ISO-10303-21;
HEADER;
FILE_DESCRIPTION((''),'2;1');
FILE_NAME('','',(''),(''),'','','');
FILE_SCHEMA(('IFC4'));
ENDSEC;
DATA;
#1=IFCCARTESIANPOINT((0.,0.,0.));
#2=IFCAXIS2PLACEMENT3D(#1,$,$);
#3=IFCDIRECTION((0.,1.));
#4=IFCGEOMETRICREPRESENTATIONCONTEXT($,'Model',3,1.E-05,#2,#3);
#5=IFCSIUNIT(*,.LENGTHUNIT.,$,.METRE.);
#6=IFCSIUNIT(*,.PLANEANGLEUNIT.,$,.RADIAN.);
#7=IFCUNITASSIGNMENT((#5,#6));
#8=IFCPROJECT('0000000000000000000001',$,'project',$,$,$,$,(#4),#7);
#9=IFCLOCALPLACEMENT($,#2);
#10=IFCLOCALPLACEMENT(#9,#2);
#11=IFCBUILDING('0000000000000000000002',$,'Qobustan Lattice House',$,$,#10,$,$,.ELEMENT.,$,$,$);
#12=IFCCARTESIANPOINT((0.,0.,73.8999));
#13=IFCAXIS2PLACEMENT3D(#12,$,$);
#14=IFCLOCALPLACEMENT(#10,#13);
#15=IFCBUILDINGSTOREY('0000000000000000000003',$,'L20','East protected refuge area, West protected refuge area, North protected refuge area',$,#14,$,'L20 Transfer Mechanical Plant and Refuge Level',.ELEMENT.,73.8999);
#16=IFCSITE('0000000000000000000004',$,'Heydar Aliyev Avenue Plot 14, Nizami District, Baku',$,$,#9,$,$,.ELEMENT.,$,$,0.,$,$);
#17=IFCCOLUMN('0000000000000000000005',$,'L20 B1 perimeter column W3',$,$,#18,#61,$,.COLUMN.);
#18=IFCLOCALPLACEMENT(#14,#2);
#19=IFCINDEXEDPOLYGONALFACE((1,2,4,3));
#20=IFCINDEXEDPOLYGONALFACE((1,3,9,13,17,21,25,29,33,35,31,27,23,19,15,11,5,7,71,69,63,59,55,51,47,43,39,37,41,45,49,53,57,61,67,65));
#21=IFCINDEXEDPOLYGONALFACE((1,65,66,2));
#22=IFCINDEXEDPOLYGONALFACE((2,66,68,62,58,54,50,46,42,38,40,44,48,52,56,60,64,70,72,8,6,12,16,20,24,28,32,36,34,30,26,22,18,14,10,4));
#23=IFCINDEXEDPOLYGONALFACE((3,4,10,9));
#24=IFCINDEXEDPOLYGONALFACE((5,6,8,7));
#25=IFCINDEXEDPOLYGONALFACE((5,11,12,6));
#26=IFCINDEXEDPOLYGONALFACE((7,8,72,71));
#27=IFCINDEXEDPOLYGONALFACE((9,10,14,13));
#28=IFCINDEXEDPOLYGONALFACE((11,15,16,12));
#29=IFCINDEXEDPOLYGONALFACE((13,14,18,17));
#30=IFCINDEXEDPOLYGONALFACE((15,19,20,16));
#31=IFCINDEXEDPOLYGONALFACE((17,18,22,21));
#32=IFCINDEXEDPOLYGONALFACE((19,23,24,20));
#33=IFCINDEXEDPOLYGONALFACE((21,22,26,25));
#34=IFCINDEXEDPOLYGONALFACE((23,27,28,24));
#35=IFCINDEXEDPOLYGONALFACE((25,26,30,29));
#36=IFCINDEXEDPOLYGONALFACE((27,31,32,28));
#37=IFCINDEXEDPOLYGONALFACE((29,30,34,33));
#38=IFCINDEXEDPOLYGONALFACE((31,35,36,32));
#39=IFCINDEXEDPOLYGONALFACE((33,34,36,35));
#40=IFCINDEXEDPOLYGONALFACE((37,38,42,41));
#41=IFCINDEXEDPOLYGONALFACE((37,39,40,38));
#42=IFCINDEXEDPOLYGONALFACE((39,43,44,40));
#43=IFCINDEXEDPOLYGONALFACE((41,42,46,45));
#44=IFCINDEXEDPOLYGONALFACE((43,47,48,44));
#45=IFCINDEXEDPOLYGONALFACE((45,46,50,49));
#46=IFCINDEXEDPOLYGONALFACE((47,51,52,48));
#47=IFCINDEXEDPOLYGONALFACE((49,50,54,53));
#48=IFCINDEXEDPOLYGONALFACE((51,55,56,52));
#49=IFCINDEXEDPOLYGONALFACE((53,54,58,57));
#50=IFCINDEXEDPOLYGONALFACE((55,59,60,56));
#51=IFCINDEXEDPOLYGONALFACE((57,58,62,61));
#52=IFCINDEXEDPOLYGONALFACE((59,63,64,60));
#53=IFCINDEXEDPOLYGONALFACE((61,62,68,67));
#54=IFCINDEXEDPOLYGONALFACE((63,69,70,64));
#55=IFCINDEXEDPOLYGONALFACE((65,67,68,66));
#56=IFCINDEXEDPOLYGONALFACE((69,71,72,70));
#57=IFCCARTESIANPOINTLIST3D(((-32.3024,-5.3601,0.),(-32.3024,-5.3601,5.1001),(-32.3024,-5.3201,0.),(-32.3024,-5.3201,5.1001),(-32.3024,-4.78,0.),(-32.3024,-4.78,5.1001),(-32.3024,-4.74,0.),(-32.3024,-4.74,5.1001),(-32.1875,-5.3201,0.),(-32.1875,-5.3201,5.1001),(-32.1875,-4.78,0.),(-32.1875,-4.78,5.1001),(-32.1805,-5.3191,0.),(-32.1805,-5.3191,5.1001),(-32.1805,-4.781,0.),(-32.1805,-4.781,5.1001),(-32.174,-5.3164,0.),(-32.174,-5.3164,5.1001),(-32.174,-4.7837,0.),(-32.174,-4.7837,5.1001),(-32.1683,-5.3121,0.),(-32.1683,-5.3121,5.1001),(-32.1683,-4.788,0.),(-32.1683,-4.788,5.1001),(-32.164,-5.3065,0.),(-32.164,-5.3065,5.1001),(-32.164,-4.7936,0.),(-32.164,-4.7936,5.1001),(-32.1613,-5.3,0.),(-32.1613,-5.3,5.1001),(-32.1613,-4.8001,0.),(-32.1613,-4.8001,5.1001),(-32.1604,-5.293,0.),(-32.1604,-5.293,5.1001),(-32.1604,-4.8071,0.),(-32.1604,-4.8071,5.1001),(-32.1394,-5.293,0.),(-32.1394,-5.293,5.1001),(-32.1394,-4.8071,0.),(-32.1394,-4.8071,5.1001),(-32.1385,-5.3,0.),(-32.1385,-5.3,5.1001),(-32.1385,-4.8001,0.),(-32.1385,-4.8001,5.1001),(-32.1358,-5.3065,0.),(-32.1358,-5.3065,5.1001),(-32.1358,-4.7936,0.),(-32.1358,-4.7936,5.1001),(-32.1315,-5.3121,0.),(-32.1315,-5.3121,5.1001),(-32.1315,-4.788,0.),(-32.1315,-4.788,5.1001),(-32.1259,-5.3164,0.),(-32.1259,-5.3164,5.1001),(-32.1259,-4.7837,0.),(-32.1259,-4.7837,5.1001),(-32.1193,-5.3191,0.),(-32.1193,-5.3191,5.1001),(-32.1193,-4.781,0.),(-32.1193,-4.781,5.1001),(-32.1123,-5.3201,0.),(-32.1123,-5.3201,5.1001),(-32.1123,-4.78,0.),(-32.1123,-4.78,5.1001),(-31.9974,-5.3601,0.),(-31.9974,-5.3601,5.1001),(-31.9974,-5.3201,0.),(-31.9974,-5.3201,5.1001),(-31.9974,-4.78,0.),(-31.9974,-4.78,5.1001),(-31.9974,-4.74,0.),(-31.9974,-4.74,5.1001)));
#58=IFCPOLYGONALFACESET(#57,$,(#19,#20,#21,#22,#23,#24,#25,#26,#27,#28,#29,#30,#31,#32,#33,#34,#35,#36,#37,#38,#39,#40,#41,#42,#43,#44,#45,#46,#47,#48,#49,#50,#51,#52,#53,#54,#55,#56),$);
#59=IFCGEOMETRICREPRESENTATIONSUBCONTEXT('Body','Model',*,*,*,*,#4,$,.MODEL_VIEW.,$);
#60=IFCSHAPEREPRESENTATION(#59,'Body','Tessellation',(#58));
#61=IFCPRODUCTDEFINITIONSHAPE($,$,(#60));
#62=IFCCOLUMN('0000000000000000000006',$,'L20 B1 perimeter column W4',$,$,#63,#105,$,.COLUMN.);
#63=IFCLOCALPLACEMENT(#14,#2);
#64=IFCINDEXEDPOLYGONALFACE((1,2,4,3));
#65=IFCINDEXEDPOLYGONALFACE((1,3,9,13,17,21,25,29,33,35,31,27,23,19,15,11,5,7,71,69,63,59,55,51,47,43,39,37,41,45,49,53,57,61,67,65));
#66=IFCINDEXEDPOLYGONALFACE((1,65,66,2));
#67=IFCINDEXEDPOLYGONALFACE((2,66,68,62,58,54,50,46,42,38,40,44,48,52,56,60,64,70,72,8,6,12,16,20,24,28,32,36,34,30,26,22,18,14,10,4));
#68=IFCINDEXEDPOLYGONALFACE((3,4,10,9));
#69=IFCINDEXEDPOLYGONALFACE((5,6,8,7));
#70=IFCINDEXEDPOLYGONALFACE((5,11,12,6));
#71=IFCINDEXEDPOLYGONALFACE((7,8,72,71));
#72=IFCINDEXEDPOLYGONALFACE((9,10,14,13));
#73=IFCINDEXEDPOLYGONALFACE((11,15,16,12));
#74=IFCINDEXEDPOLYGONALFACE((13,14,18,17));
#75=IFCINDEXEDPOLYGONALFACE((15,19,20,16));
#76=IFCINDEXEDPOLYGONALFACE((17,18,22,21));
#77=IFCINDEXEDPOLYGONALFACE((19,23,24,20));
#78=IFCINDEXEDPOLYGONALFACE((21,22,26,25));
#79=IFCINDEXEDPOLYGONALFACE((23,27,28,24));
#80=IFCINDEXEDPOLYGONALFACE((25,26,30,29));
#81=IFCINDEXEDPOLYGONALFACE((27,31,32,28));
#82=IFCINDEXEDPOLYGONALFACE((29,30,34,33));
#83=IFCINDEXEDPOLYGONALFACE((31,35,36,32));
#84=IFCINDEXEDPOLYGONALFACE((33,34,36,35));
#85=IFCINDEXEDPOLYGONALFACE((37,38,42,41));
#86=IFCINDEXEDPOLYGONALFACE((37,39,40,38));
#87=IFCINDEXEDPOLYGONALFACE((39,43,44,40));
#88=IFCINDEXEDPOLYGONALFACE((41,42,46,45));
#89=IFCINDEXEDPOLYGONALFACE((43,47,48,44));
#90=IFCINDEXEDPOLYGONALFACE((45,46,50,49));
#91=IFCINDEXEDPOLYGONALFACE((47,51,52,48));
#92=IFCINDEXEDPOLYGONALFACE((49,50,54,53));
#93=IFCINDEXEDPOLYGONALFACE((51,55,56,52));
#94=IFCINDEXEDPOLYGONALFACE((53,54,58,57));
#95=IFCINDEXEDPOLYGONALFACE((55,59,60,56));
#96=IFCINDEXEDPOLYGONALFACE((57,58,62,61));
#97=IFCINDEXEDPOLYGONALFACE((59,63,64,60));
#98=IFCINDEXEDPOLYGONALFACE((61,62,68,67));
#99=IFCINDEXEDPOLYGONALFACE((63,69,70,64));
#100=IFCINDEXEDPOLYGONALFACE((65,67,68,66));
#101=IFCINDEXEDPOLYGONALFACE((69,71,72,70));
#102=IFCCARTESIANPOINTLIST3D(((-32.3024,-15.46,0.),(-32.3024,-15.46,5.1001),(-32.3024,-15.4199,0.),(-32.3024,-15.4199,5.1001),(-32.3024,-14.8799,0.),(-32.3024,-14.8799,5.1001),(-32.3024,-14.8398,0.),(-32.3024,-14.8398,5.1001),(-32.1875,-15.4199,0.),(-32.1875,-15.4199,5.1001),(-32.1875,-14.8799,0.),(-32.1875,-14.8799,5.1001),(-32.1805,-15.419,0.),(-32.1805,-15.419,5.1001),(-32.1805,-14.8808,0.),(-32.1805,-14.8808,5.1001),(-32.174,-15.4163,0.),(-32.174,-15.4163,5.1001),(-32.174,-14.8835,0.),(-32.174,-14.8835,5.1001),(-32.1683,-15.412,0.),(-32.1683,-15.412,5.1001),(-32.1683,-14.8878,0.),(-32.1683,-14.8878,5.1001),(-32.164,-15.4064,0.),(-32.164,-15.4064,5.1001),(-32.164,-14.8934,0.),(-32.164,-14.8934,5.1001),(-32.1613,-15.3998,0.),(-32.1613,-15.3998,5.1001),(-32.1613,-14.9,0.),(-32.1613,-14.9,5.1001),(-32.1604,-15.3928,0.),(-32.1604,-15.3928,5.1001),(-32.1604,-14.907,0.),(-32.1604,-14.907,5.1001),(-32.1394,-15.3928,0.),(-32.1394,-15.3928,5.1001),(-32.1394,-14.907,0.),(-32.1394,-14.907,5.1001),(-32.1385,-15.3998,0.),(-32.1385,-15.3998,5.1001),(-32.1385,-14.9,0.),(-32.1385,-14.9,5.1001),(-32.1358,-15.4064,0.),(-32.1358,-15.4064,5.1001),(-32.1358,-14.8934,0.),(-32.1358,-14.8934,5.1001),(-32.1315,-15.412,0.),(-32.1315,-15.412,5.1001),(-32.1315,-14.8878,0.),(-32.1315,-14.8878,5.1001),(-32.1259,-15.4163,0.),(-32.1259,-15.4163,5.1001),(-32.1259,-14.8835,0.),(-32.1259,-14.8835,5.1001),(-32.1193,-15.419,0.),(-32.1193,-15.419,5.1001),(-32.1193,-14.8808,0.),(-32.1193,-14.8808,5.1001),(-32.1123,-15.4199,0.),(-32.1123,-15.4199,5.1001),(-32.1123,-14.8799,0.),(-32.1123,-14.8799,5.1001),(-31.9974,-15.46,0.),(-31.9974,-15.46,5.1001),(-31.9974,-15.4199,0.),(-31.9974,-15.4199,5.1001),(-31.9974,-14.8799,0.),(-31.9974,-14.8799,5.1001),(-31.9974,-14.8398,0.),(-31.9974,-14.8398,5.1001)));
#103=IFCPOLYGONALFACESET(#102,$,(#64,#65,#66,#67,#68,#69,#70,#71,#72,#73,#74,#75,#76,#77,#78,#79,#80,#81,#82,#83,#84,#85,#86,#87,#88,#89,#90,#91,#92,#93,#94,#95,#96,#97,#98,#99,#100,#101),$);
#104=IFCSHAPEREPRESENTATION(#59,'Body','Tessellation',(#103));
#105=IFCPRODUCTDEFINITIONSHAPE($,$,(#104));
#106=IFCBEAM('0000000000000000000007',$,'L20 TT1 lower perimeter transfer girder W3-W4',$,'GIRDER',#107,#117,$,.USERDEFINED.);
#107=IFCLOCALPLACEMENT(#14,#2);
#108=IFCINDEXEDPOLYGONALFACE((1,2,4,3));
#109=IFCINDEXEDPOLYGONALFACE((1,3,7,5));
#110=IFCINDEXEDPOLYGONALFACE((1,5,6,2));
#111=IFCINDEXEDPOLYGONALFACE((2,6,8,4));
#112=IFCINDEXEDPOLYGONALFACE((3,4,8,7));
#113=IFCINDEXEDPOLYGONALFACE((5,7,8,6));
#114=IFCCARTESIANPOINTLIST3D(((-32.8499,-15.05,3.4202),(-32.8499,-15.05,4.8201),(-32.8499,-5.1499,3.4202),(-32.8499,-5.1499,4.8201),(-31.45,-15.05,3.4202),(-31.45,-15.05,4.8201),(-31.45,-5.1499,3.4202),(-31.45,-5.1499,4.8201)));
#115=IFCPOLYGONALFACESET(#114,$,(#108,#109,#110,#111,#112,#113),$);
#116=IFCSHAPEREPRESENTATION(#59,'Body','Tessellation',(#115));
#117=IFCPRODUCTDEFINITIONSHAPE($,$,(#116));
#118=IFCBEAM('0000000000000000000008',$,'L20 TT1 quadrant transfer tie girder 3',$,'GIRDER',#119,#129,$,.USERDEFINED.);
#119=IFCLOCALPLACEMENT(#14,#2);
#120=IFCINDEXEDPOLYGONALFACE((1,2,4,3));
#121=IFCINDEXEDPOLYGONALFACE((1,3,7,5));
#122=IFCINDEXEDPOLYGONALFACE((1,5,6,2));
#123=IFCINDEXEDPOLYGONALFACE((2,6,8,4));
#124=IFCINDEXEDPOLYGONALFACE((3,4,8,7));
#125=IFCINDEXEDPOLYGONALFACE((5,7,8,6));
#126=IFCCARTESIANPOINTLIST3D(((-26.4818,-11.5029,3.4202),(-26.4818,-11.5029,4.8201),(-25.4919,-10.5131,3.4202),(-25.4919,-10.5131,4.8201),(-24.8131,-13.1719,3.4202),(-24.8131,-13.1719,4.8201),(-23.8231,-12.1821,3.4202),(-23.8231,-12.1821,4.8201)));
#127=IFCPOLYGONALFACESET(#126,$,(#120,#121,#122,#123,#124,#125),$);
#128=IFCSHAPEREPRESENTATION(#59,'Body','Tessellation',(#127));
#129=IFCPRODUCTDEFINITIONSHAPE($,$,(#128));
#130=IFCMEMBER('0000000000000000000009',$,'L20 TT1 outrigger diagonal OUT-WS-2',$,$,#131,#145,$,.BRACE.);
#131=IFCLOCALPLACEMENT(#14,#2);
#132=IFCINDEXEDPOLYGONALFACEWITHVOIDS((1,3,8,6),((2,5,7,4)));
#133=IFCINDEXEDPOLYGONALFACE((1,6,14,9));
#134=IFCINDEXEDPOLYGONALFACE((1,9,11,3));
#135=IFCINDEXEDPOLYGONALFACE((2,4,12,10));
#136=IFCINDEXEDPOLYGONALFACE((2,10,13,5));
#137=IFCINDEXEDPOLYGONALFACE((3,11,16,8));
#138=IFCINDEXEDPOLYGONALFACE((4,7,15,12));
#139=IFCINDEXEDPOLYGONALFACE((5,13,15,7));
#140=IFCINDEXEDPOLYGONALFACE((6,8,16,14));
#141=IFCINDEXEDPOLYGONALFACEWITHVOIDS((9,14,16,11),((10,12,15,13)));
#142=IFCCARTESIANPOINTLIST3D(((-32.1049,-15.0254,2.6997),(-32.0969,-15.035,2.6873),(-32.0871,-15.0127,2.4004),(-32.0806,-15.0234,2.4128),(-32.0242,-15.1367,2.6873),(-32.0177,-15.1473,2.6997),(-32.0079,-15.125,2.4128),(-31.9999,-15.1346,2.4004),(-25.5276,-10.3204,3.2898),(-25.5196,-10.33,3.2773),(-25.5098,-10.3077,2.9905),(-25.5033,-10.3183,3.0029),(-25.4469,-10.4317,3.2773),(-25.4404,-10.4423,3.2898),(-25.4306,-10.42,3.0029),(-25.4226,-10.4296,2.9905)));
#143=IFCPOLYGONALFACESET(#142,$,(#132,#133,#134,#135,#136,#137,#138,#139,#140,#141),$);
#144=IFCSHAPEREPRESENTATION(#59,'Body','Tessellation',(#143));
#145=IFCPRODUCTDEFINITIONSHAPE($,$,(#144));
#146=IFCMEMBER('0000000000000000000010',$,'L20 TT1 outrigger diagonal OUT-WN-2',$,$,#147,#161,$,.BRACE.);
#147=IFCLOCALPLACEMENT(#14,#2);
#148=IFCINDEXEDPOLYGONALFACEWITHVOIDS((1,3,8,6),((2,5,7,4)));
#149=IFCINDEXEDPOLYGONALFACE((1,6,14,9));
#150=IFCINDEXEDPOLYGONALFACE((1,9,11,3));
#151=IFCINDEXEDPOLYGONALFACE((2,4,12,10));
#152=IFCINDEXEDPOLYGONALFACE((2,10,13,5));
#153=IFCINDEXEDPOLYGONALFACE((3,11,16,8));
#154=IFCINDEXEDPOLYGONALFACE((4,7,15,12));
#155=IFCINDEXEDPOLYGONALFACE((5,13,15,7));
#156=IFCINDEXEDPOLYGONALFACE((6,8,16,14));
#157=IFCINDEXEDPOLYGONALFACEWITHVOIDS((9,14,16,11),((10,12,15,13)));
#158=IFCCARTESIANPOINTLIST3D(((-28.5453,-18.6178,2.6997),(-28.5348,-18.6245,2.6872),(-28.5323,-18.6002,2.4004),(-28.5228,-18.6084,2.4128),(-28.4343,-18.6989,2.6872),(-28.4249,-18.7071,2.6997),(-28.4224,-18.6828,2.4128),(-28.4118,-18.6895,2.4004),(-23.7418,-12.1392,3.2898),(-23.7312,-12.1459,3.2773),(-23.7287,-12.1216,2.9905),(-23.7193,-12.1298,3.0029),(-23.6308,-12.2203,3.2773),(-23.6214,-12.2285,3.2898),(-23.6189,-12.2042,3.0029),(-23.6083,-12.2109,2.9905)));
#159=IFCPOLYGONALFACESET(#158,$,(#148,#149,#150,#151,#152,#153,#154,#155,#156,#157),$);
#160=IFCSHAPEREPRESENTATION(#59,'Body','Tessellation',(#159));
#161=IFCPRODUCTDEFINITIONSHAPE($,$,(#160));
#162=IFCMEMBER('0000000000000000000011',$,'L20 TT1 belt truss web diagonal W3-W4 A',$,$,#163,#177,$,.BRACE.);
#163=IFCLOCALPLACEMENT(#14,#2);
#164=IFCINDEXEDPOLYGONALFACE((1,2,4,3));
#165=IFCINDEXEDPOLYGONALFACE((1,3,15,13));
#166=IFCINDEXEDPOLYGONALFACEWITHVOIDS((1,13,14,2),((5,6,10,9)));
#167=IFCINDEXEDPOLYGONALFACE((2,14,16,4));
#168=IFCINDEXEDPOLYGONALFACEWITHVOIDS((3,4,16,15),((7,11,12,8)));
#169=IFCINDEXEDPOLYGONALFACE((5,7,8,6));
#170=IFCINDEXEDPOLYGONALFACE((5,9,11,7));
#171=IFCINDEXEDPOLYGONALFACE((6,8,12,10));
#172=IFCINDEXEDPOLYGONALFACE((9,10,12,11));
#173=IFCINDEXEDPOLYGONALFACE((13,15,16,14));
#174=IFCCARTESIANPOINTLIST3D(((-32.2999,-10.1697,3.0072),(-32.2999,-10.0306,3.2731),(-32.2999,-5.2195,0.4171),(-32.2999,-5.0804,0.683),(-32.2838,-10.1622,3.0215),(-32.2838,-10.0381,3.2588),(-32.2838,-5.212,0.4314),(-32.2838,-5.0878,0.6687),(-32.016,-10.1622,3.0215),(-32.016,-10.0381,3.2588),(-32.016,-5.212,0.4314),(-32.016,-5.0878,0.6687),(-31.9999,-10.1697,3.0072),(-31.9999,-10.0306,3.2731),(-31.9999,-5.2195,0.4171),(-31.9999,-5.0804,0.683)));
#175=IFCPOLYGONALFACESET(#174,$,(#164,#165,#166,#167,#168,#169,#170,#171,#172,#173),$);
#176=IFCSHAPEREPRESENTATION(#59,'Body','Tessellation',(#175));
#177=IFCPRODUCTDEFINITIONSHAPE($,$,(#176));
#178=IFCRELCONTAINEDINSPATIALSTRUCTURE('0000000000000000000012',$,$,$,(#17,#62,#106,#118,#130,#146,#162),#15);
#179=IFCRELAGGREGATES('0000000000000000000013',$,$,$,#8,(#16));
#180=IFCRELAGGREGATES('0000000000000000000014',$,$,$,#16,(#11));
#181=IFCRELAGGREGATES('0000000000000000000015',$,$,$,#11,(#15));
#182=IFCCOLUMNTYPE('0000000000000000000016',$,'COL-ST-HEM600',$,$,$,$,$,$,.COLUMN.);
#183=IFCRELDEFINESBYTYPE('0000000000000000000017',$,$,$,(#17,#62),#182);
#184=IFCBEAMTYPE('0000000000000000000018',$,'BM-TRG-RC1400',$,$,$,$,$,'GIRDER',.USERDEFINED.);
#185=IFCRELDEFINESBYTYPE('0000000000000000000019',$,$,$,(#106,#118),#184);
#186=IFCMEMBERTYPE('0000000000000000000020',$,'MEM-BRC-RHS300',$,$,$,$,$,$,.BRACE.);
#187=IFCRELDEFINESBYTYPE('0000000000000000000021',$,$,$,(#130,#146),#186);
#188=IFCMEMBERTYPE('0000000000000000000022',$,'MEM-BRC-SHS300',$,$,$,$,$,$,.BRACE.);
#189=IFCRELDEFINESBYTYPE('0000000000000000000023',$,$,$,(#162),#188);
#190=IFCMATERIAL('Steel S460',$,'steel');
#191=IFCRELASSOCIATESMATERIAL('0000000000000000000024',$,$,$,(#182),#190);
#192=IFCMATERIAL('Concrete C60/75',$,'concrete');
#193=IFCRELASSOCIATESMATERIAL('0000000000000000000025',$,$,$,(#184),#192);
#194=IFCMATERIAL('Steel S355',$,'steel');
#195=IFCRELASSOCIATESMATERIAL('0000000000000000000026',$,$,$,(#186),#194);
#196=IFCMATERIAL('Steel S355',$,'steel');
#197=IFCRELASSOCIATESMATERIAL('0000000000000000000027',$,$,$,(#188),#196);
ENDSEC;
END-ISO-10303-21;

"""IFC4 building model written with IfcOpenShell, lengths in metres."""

from ifc_helpers import new_model, si_unit, direction, frame, origin, origin_2d, place, context, subcontext, project, spatial, rectangle, hollow_rectangle, i_section, extrude, material, material_profile, profile_set, type_object, element, save


model = new_model("IFC4")

# Units and contexts
model_context = context("Model", 3, precision=1e-05, world=origin(), true_north=direction((0.0, 1.0)))
body_context = subcontext(model_context, "Body", "Model", "MODEL_VIEW")
ifc_project = project(units=[si_unit("LENGTHUNIT", "METRE"), si_unit("PLANEANGLEUNIT", "RADIAN")], contexts=[model_context])

# Site, building, storey
site_placement = place(None, origin())
site = spatial("IfcSite", under=ifc_project, at=site_placement, Name="Heydar Aliyev Avenue Plot 14, Nizami District, Baku", CompositionType="ELEMENT", RefElevation=0.0)
building_placement = place(site_placement, origin())
building = spatial("IfcBuilding", under=site, at=building_placement, Name="Qobustan Lattice House", CompositionType="ELEMENT")
storey_placement = place(building_placement, frame((0.0, 0.0, 73.8999)))
storey = spatial("IfcBuildingStorey", under=building, at=storey_placement, Name="L20", Description="East protected refuge area, West protected refuge area, North protected refuge area", LongName="L20 Transfer Mechanical Plant and Refuge Level", CompositionType="ELEMENT", Elevation=73.8999)

# Columns
ifc_material_1 = material(Name="Steel S460", Category="steel")
ifc_material_profile_1 = material_profile(ifc_material_1, i_section(OverallWidth=0.3049, OverallDepth=0.6201, WebThickness=0.021, FlangeThickness=0.04, FilletRadius=0.0271, at=origin_2d()), Name="HEM600")
ifc_profile_set_1 = profile_set([ifc_material_profile_1], Name="Steel S460")
column_type = type_object("IfcColumnType", Name="COL-ST-HEM600", PredefinedType="COLUMN", material=ifc_profile_set_1)
for number, where, z_axis, x_axis, name in (
    (1, (-32.1499, -5.05, 0.0), (0.0, 0.0, 1.0), (1.0, 0.0, 0.0), "L20 B1 perimeter column W3"),
    (2, (-32.1499, -15.1499, 0.0), (0.0, 0.0, 1.0), (1.0, 0.0, 0.0), "L20 B1 perimeter column W4"),
):
    element("IfcColumn", number, at=place(storey_placement, frame(where, z_axis=z_axis, x_axis=x_axis)), inside=storey, type_object=column_type, Name=name, PredefinedType="COLUMN", context=body_context, shape_type="SweptSolid", body=[
        extrude(i_section(OverallWidth=0.3049, OverallDepth=0.6201, WebThickness=0.021, FlangeThickness=0.04, FilletRadius=0.0271, at=origin_2d()), origin(), (0.0, 0.0, 1.0), 5.1001),
    ])

# Beams
ifc_material_2 = material(Name="Concrete C60/75", Category="concrete")
ifc_material_profile_2 = material_profile(ifc_material_2, rectangle(XDim=1.3999, YDim=1.3999, at=origin_2d()), Name="RC1400x1400")
ifc_profile_set_2 = profile_set([ifc_material_profile_2], Name="Concrete C60/75")
beam_type = type_object("IfcBeamType", Name="BM-TRG-RC1400", ElementType="GIRDER", PredefinedType="USERDEFINED", material=ifc_profile_set_2)
beam_1_placement = place(storey_placement, frame((-32.1499, -5.1499, 4.1201), z_axis=(0.0, -1.0, 0.0), x_axis=(1.0, 0.0, 0.0)))
element("IfcBeam", 3, at=beam_1_placement, inside=storey, type_object=beam_type, Name="L20 TT1 lower perimeter transfer girder W3-W4", ObjectType="GIRDER", PredefinedType="USERDEFINED", context=body_context, shape_type="SweptSolid", body=[
    extrude(rectangle(XDim=1.3999, YDim=1.3999, at=origin_2d()), origin(), (0.0, 0.0, 1.0), 9.9001),
])
beam_2_placement = place(storey_placement, frame((-24.3181, -12.677, 4.1201), z_axis=(-0.707055, 0.707159, 0.0), x_axis=(-0.707159, -0.707055, 0.0)))
element("IfcBeam", 4, at=beam_2_placement, inside=storey, type_object=beam_type, Name="L20 TT1 quadrant transfer tie girder 3", ObjectType="GIRDER", PredefinedType="USERDEFINED", context=body_context, shape_type="SweptSolid", body=[
    extrude(rectangle(XDim=1.3999, YDim=1.3999, at=origin_2d()), origin(), (0.0, 0.0, 1.0), 2.3601),
])

# Members
ifc_material_3 = material(Name="Steel S355", Category="steel")
ifc_material_profile_3 = material_profile(ifc_material_3, hollow_rectangle(XDim=0.1499, YDim=0.3, WallThickness=0.0125, at=origin_2d()), Name="RHS300x150x12.5")
ifc_profile_set_3 = profile_set([ifc_material_profile_3], Name="Steel S355")
member_type_1 = type_object("IfcMemberType", Name="MEM-BRC-RHS300", PredefinedType="BRACE", material=ifc_profile_set_3)
member_1_placement = place(storey_placement, frame((-25.4751, -10.375, 3.1401), z_axis=(-0.811171, -0.580264, -0.072774), x_axis=(0.581806, -0.813327, 0.0)))
element("IfcMember", 5, at=member_1_placement, inside=storey, type_object=member_type_1, Name="L20 TT1 outrigger diagonal OUT-WS-2", PredefinedType="BRACE", context=body_context, shape_type="SweptSolid", body=[
    extrude(hollow_rectangle(XDim=0.1499, YDim=0.3, WallThickness=0.0125, at=origin_2d()), origin(), (0.0, 0.0, 1.0), 8.1084),
])
member_2_placement = place(storey_placement, frame((-23.675, -12.175, 3.1401), z_axis=(-0.594005, -0.801145, -0.072971), x_axis=(0.803286, -0.595593, 0.0)))
element("IfcMember", 6, at=member_2_placement, inside=storey, type_object=member_type_1, Name="L20 TT1 outrigger diagonal OUT-WN-2", PredefinedType="BRACE", context=body_context, shape_type="SweptSolid", body=[
    extrude(hollow_rectangle(XDim=0.1499, YDim=0.3, WallThickness=0.0125, at=origin_2d()), origin(), (0.0, 0.0, 1.0), 8.0867),
])
ifc_material_4 = material(Name="Steel S355", Category="steel")
ifc_material_profile_4 = material_profile(ifc_material_4, hollow_rectangle(XDim=0.3, YDim=0.3, WallThickness=0.0161, at=origin_2d()), Name="SHS300x300x16")
ifc_profile_set_4 = profile_set([ifc_material_profile_4], Name="Steel S355")
member_type_2 = type_object("IfcMemberType", Name="MEM-BRC-SHS300", PredefinedType="BRACE", material=ifc_profile_set_4)
member_3_placement = place(storey_placement, frame((-32.1499, -5.1499, 0.55), z_axis=(0.0, -0.886043, 0.463604), x_axis=(1.0, 0.0, 0.0)))
element("IfcMember", 7, at=member_3_placement, inside=storey, type_object=member_type_2, Name="L20 TT1 belt truss web diagonal W3-W4 A", PredefinedType="BRACE", context=body_context, shape_type="SweptSolid", body=[
    extrude(hollow_rectangle(XDim=0.3, YDim=0.3, WallThickness=0.0161, at=origin_2d()), origin(), (0.0, 0.0, 1.0), 5.5869),
])

save(model, "model.ifc")
